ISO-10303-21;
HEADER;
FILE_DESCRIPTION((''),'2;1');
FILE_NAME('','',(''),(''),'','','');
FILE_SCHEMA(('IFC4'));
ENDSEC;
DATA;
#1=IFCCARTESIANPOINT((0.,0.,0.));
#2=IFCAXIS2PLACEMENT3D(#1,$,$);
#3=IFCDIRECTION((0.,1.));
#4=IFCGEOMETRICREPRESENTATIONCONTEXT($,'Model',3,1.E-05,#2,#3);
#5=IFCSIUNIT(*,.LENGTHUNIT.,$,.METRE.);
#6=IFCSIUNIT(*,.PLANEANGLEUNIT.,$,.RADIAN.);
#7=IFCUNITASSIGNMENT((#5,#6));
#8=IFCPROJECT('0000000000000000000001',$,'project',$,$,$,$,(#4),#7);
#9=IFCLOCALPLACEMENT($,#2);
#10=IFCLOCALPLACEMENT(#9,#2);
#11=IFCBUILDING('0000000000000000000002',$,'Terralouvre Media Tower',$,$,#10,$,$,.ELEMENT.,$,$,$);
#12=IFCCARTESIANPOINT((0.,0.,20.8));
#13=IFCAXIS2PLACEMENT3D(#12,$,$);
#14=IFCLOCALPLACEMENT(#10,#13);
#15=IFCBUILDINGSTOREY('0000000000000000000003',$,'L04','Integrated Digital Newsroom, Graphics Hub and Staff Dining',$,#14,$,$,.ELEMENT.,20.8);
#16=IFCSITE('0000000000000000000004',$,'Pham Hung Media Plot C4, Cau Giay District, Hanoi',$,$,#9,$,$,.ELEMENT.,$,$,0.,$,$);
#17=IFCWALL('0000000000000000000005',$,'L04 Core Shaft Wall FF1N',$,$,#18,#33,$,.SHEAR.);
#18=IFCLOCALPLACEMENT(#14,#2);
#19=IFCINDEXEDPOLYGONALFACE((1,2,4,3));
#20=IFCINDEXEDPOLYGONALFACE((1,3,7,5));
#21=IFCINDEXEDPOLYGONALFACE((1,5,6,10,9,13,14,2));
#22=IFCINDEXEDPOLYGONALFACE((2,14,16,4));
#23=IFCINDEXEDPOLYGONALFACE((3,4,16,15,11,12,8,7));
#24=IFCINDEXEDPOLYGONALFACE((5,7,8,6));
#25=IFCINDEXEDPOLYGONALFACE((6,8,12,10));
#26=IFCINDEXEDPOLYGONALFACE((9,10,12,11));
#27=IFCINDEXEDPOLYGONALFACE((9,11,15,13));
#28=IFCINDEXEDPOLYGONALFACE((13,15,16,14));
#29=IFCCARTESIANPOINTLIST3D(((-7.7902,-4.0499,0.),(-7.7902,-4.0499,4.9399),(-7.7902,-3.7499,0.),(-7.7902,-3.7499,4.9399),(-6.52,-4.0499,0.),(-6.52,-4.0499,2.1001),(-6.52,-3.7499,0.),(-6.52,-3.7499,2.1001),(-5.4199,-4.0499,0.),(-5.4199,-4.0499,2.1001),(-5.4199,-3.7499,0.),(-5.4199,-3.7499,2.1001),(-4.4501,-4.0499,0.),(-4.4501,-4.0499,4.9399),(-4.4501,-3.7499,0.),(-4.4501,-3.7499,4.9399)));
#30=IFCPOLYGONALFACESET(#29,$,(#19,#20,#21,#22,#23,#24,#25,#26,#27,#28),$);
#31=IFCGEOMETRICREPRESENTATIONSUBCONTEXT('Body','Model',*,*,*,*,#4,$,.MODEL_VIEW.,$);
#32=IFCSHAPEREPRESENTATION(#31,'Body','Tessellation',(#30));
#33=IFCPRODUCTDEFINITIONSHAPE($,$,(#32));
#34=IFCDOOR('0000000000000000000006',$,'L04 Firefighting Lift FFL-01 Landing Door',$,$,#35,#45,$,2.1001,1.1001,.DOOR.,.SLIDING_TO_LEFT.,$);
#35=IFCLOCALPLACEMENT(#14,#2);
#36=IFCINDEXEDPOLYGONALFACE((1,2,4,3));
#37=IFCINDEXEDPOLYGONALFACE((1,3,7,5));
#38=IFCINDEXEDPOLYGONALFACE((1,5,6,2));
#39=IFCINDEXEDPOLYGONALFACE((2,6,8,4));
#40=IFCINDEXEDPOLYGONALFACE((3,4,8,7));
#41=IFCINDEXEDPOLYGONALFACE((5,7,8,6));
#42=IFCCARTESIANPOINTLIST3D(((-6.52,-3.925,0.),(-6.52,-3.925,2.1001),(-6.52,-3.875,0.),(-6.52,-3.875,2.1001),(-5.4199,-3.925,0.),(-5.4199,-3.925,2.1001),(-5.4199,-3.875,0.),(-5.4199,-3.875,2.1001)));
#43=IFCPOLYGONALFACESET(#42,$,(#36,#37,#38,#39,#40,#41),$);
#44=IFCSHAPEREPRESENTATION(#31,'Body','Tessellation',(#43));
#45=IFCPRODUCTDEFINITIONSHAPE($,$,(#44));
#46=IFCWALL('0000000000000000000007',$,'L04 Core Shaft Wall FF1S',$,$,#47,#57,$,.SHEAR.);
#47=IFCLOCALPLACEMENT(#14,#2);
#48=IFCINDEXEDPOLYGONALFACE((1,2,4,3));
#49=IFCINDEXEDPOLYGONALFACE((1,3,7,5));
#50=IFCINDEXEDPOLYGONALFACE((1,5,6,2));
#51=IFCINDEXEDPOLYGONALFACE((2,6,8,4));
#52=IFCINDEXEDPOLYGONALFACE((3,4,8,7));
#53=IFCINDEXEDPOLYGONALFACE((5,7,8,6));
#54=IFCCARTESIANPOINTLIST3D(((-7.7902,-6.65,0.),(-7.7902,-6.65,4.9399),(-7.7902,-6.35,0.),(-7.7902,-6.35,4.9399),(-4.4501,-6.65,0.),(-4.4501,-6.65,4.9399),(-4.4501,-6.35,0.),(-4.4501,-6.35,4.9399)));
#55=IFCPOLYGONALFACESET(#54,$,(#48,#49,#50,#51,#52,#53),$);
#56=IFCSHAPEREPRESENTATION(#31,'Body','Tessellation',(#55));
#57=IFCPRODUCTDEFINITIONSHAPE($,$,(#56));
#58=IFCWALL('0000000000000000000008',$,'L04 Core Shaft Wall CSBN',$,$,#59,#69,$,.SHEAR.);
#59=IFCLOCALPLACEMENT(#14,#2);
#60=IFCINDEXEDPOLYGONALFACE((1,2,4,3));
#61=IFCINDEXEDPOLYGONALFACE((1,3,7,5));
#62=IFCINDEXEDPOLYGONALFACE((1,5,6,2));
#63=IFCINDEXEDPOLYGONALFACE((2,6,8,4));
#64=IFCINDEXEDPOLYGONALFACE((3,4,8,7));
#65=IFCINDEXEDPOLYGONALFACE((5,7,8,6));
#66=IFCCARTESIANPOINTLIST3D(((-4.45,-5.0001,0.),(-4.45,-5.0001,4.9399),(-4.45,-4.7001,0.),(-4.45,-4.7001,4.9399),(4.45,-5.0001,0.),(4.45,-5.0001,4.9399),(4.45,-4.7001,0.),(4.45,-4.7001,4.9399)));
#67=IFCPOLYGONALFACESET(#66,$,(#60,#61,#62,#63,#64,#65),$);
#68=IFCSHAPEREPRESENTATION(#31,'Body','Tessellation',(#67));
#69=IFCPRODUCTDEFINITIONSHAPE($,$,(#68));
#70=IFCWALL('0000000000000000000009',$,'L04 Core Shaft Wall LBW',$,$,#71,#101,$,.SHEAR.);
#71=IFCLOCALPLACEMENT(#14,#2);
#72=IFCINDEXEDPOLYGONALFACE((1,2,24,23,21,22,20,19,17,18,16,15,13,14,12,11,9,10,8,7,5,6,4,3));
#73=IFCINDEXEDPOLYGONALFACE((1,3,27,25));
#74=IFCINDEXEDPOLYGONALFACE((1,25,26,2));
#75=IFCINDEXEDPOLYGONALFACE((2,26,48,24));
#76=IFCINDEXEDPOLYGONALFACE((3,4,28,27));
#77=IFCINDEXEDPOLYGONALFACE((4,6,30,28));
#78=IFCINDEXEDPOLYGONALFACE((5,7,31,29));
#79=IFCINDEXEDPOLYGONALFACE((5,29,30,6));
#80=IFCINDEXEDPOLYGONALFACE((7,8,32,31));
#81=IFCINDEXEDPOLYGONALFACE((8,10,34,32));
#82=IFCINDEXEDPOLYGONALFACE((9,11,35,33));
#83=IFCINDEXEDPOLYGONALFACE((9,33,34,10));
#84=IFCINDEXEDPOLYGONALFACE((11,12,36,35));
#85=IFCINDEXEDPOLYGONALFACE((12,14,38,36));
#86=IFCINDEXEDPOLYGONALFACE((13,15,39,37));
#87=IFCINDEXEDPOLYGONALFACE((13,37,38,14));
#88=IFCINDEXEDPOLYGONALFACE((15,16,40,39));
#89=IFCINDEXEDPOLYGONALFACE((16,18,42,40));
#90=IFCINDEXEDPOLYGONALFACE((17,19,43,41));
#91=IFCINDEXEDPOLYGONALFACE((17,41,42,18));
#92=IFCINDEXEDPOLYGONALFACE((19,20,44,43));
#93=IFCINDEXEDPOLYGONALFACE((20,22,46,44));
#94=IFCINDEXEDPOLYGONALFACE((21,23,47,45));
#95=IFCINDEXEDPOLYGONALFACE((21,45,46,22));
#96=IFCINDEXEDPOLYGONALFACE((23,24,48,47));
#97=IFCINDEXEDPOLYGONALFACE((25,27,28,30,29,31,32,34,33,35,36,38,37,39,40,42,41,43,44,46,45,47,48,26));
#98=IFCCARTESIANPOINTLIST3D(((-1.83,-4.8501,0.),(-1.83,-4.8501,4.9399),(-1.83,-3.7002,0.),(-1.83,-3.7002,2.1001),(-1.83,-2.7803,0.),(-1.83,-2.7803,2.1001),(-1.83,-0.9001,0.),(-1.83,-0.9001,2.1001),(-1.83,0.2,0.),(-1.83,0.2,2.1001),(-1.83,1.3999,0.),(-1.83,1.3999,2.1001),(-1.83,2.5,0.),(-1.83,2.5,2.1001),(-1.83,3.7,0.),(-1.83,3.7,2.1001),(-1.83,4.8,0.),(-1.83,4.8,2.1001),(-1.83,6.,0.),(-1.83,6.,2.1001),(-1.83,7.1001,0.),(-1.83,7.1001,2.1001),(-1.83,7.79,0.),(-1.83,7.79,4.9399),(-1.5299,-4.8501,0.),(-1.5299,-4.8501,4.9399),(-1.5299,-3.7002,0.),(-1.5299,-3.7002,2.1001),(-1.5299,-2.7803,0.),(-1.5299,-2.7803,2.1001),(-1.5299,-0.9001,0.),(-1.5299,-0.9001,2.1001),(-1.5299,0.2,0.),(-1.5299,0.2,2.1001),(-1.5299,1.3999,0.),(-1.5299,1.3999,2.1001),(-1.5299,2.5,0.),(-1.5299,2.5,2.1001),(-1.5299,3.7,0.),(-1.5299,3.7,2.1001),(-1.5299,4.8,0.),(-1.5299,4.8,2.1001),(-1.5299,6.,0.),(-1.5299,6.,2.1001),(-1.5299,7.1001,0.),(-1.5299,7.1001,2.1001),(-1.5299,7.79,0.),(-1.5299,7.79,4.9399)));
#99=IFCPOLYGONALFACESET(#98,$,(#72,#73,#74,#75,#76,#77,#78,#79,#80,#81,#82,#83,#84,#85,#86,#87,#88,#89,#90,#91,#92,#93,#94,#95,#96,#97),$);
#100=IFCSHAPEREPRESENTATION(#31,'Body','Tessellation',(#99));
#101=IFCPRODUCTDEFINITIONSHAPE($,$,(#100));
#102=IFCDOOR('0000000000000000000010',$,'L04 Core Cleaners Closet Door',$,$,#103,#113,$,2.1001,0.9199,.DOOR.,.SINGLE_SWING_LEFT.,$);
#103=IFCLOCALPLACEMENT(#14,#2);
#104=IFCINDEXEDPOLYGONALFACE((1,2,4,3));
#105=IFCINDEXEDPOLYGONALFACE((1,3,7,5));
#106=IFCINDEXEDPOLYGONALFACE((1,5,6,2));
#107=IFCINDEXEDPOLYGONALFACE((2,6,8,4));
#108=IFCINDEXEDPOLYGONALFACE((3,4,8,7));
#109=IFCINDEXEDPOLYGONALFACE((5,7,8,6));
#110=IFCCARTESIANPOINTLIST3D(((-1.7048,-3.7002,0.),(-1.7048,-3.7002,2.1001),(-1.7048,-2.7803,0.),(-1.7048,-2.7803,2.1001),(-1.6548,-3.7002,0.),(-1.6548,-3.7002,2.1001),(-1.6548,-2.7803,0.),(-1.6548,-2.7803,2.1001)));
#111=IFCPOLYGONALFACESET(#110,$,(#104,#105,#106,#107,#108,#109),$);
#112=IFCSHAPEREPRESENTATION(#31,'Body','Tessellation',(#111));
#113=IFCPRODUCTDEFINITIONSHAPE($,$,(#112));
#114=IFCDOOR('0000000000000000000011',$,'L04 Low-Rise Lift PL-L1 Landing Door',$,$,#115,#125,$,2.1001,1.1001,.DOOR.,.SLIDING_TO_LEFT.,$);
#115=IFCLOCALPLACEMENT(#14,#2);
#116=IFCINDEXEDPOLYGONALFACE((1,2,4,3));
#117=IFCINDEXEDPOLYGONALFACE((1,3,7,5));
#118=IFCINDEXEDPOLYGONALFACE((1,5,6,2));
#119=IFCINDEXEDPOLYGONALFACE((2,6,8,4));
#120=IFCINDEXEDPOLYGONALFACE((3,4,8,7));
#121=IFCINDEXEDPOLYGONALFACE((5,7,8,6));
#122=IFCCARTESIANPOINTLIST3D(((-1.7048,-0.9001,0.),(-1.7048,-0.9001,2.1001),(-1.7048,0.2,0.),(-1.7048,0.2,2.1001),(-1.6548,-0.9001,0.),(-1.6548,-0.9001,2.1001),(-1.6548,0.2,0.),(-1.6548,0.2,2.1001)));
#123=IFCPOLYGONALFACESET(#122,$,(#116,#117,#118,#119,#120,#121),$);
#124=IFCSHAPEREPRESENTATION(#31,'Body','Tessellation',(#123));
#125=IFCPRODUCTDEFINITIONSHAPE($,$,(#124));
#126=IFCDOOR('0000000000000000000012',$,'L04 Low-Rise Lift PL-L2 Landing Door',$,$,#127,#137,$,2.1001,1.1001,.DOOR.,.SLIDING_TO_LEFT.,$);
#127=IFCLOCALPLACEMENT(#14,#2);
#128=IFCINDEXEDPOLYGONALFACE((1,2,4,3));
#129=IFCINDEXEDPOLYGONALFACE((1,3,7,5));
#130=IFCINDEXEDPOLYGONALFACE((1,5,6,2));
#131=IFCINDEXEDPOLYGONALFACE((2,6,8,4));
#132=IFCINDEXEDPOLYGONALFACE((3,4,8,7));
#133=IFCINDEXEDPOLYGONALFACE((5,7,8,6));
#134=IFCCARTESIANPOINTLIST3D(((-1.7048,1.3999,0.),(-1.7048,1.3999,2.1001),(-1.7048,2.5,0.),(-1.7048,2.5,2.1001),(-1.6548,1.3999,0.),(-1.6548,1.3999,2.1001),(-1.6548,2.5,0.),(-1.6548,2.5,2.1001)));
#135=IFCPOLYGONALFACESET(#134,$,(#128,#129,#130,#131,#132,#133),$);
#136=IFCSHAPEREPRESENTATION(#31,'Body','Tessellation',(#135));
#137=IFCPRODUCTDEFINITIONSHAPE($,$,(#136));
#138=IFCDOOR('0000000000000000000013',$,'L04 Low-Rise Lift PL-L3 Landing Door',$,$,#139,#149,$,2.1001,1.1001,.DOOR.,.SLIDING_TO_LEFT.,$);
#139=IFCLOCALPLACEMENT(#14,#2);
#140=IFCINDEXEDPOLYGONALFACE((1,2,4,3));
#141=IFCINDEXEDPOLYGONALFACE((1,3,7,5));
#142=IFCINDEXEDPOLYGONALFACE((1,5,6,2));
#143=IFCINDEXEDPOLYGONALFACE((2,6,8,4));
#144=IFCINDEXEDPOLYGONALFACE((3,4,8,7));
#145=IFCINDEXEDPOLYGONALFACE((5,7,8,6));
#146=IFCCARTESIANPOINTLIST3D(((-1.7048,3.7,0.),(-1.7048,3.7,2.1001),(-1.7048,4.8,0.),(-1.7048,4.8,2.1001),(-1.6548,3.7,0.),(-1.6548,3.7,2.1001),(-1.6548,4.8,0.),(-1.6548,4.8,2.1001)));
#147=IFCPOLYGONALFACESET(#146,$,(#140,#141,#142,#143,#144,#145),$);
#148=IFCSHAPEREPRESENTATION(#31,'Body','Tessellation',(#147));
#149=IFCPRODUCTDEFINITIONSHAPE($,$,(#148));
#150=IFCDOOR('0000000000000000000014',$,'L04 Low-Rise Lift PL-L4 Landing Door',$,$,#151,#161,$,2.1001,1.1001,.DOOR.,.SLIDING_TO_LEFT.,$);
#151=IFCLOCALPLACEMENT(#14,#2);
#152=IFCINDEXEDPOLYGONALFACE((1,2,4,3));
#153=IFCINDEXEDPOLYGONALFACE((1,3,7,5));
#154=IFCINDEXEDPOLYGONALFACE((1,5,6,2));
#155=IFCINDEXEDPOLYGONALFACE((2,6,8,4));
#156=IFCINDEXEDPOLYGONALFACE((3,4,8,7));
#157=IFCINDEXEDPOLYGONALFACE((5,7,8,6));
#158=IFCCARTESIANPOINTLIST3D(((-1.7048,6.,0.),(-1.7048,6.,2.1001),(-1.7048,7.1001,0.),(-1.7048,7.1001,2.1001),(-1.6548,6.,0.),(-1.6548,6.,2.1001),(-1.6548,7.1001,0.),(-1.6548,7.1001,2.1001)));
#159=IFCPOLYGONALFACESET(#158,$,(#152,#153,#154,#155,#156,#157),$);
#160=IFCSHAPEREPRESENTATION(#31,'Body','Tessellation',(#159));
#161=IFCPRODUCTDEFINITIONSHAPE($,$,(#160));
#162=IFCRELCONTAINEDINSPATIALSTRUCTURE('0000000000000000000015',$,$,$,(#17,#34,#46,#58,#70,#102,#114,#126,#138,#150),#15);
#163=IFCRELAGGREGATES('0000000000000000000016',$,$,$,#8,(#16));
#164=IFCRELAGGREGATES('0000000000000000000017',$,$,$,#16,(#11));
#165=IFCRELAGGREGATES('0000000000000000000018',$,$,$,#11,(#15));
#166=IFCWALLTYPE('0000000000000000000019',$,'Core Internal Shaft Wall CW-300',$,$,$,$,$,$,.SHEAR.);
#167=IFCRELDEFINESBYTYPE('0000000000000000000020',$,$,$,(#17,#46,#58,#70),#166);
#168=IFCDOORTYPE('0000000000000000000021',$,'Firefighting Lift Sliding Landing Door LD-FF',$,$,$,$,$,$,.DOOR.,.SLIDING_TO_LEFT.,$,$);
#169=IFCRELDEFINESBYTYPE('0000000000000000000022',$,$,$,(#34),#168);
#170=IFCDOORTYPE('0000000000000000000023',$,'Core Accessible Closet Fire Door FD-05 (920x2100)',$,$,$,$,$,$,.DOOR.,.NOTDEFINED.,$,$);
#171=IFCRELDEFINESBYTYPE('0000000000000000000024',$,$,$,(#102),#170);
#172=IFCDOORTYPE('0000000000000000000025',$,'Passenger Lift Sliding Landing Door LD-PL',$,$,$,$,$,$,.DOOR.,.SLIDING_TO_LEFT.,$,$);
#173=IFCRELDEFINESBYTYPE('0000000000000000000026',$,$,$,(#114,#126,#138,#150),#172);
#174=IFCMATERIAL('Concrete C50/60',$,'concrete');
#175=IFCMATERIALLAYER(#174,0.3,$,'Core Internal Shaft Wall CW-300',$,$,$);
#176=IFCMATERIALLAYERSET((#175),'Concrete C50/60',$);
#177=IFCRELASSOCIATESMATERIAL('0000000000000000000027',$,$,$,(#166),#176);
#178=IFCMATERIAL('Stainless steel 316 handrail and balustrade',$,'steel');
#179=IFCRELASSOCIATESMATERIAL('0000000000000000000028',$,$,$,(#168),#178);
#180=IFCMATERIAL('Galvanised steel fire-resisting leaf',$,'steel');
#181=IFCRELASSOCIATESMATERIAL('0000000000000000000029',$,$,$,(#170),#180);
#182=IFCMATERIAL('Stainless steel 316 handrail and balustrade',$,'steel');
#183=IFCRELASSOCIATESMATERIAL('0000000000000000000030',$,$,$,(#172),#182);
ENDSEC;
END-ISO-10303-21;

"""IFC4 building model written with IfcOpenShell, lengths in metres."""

from ifc_helpers import new_model, si_unit, direction, frame, frame_2d, origin, place, context, subcontext, project, spatial, rectangle, extrude, material, layer, layer_set, type_object, element, fill, save


model = new_model("IFC4")

# Units and contexts
model_context = context("Model", 3, precision=1e-05, world=origin(), true_north=direction((0.0, 1.0)))
body_context = subcontext(model_context, "Body", "Model", "MODEL_VIEW")
ifc_project = project(units=[si_unit("LENGTHUNIT", "METRE"), si_unit("PLANEANGLEUNIT", "RADIAN")], contexts=[model_context])

# Site, building, storey
site_placement = place(None, origin())
site = spatial("IfcSite", under=ifc_project, at=site_placement, Name="Pham Hung Media Plot C4, Cau Giay District, Hanoi", CompositionType="ELEMENT", RefElevation=0.0)
building_placement = place(site_placement, origin())
building = spatial("IfcBuilding", under=site, at=building_placement, Name="Terralouvre Media Tower", CompositionType="ELEMENT")
storey_placement = place(building_placement, frame((0.0, 0.0, 20.8)))
storey = spatial("IfcBuildingStorey", under=building, at=storey_placement, Name="L04", Description="Integrated Digital Newsroom, Graphics Hub and Staff Dining", CompositionType="ELEMENT", Elevation=20.8)

# Wall, opening, door
ifc_material_1 = material(Name="Concrete C50/60", Category="concrete")
ifc_layer_1 = layer(ifc_material_1, 0.3, Name="Core Internal Shaft Wall CW-300")
ifc_layer_set_1 = layer_set([ifc_layer_1], Name="Concrete C50/60")
wall_type_1 = type_object("IfcWallType", Name="Core Internal Shaft Wall CW-300", PredefinedType="SHEAR", material=ifc_layer_set_1)
wall_1_placement = place(storey_placement, frame((-7.79, -3.8999, 0.0), z_axis=(0.0, 0.0, 1.0), x_axis=(1.0, 0.0, 0.0)))
wall_1 = element("IfcWall", 1, at=wall_1_placement, inside=storey, type_object=wall_type_1, Name="L04 Core Shaft Wall FF1N", PredefinedType="SHEAR", context=body_context, shape_type="SweptSolid", body=[
    extrude(rectangle(XDim=3.3401, YDim=0.3, at=frame_2d((1.6699, 0.0))), origin(), (0.0, 0.0, 1.0), 4.9399),
])
opening_1_placement = place(wall_1_placement, frame((1.27, 0.0, 0.0)))
opening_1 = element("IfcOpeningElement", 2, at=opening_1_placement, cuts=wall_1, PredefinedType="OPENING", context=body_context, shape_type="SweptSolid", body=[
    extrude(rectangle(XDim=1.1001, YDim=2.1001, at=frame_2d((0.55, 1.05))), frame((0.0, 0.1599, 0.0), z_axis=(0.0, -1.0, 0.0), x_axis=(1.0, 0.0, 0.0)), (0.0, 0.0, 1.0), 0.3201),
])
ifc_material_2 = material(Name="Stainless steel 316 handrail and balustrade", Category="steel")
door_type_1 = type_object("IfcDoorType", Name="Firefighting Lift Sliding Landing Door LD-FF", OperationType="SLIDING_TO_LEFT", PredefinedType="DOOR", material=ifc_material_2)
door_1_placement = place(opening_1_placement, origin())
door_1 = element("IfcDoor", 3, at=door_1_placement, inside=storey, type_object=door_type_1, Name="L04 Firefighting Lift FFL-01 Landing Door", OperationType="SLIDING_TO_LEFT", OverallHeight=2.1001, OverallWidth=1.1001, PredefinedType="DOOR", context=body_context, shape_type="SweptSolid", body=[
    extrude(rectangle(XDim=1.1001, YDim=2.1001, at=frame_2d((0.55, 1.05))), frame((0.0, 0.0249, 0.0), z_axis=(0.0, -1.0, 0.0), x_axis=(1.0, 0.0, 0.0)), (0.0, 0.0, 1.0), 0.05),
])
fill(opening_1, door_1)

# Walls
wall_2_placement = place(storey_placement, frame((-7.79, -6.5, 0.0), z_axis=(0.0, 0.0, 1.0), x_axis=(1.0, 0.0, 0.0)))
element("IfcWall", 4, at=wall_2_placement, inside=storey, type_object=wall_type_1, Name="L04 Core Shaft Wall FF1S", PredefinedType="SHEAR", context=body_context, shape_type="SweptSolid", body=[
    extrude(rectangle(XDim=3.3401, YDim=0.3, at=frame_2d((1.6699, 0.0))), origin(), (0.0, 0.0, 1.0), 4.9399),
])
wall_3_placement = place(storey_placement, frame((-4.45, -4.8501, 0.0), z_axis=(0.0, 0.0, 1.0), x_axis=(1.0, 0.0, 0.0)))
element("IfcWall", 5, at=wall_3_placement, inside=storey, type_object=wall_type_1, Name="L04 Core Shaft Wall CSBN", PredefinedType="SHEAR", context=body_context, shape_type="SweptSolid", body=[
    extrude(rectangle(XDim=8.8999, YDim=0.3, at=frame_2d((4.45, 0.0))), origin(), (0.0, 0.0, 1.0), 4.9399),
])

# Wall, openings, doors
wall_4_placement = place(storey_placement, frame((-1.6799, -4.8501, 0.0), z_axis=(0.0, 0.0, 1.0), x_axis=(0.0, 1.0, 0.0)))
wall_4 = element("IfcWall", 6, at=wall_4_placement, inside=storey, type_object=wall_type_1, Name="L04 Core Shaft Wall LBW", PredefinedType="SHEAR", context=body_context, shape_type="SweptSolid", body=[
    extrude(rectangle(XDim=12.6401, YDim=0.3, at=frame_2d((6.3201, 0.0))), origin(), (0.0, 0.0, 1.0), 4.9399),
])
opening_2_placement = place(wall_4_placement, frame((3.95, 0.0, 0.0)))
opening_2 = element("IfcOpeningElement", 7, at=opening_2_placement, cuts=wall_4, PredefinedType="OPENING", context=body_context, shape_type="SweptSolid", body=[
    extrude(rectangle(XDim=1.1001, YDim=2.1001, at=frame_2d((0.55, 1.05))), frame((0.0, 0.1599, 0.0), z_axis=(0.0, -1.0, 0.0), x_axis=(1.0, 0.0, 0.0)), (0.0, 0.0, 1.0), 0.3201),
])
opening_3_placement = place(wall_4_placement, frame((6.25, 0.0, 0.0)))
opening_3 = element("IfcOpeningElement", 8, at=opening_3_placement, cuts=wall_4, PredefinedType="OPENING", context=body_context, shape_type="SweptSolid", body=[
    extrude(rectangle(XDim=1.1001, YDim=2.1001, at=frame_2d((0.55, 1.05))), frame((0.0, 0.1599, 0.0), z_axis=(0.0, -1.0, 0.0), x_axis=(1.0, 0.0, 0.0)), (0.0, 0.0, 1.0), 0.3201),
])
opening_4_placement = place(wall_4_placement, frame((8.55, 0.0, 0.0)))
opening_4 = element("IfcOpeningElement", 9, at=opening_4_placement, cuts=wall_4, PredefinedType="OPENING", context=body_context, shape_type="SweptSolid", body=[
    extrude(rectangle(XDim=1.1001, YDim=2.1001, at=frame_2d((0.55, 1.05))), frame((0.0, 0.1599, 0.0), z_axis=(0.0, -1.0, 0.0), x_axis=(1.0, 0.0, 0.0)), (0.0, 0.0, 1.0), 0.3201),
])
opening_5_placement = place(wall_4_placement, frame((10.8501, 0.0, 0.0)))
opening_5 = element("IfcOpeningElement", 10, at=opening_5_placement, cuts=wall_4, PredefinedType="OPENING", context=body_context, shape_type="SweptSolid", body=[
    extrude(rectangle(XDim=1.1001, YDim=2.1001, at=frame_2d((0.55, 1.05))), frame((0.0, 0.1599, 0.0), z_axis=(0.0, -1.0, 0.0), x_axis=(1.0, 0.0, 0.0)), (0.0, 0.0, 1.0), 0.3201),
])
opening_6_placement = place(wall_4_placement, frame((1.1499, 0.0, 0.0)))
opening_6 = element("IfcOpeningElement", 11, at=opening_6_placement, cuts=wall_4, PredefinedType="OPENING", context=body_context, shape_type="SweptSolid", body=[
    extrude(rectangle(XDim=0.9199, YDim=2.1001, at=frame_2d((0.46, 1.05))), frame((0.0, 0.1599, 0.0), z_axis=(0.0, -1.0, 0.0), x_axis=(1.0, 0.0, 0.0)), (0.0, 0.0, 1.0), 0.3201),
])
ifc_material_3 = material(Name="Galvanised steel fire-resisting leaf", Category="steel")
door_type_2 = type_object("IfcDoorType", Name="Core Accessible Closet Fire Door FD-05 (920x2100)", OperationType="NOTDEFINED", PredefinedType="DOOR", material=ifc_material_3)
door_2_placement = place(opening_6_placement, origin())
door_2 = element("IfcDoor", 12, at=door_2_placement, inside=storey, type_object=door_type_2, Name="L04 Core Cleaners Closet Door", OperationType="SINGLE_SWING_LEFT", OverallHeight=2.1001, OverallWidth=0.9199, PredefinedType="DOOR", context=body_context, shape_type="SweptSolid", body=[
    extrude(rectangle(XDim=0.9199, YDim=2.1001, at=frame_2d((0.46, 1.05))), frame((0.0, 0.0249, 0.0), z_axis=(0.0, -1.0, 0.0), x_axis=(1.0, 0.0, 0.0)), (0.0, 0.0, 1.0), 0.05),
])
fill(opening_6, door_2)
ifc_material_4 = material(Name="Stainless steel 316 handrail and balustrade", Category="steel")
door_type_3 = type_object("IfcDoorType", Name="Passenger Lift Sliding Landing Door LD-PL", OperationType="SLIDING_TO_LEFT", PredefinedType="DOOR", material=ifc_material_4)
door_3_placement = place(opening_2_placement, origin())
door_3 = element("IfcDoor", 13, at=door_3_placement, inside=storey, type_object=door_type_3, Name="L04 Low-Rise Lift PL-L1 Landing Door", OperationType="SLIDING_TO_LEFT", OverallHeight=2.1001, OverallWidth=1.1001, PredefinedType="DOOR", context=body_context, shape_type="SweptSolid", body=[
    extrude(rectangle(XDim=1.1001, YDim=2.1001, at=frame_2d((0.55, 1.05))), frame((0.0, 0.0249, 0.0), z_axis=(0.0, -1.0, 0.0), x_axis=(1.0, 0.0, 0.0)), (0.0, 0.0, 1.0), 0.05),
])
fill(opening_2, door_3)
door_4_placement = place(opening_3_placement, origin())
door_4 = element("IfcDoor", 14, at=door_4_placement, inside=storey, type_object=door_type_3, Name="L04 Low-Rise Lift PL-L2 Landing Door", OperationType="SLIDING_TO_LEFT", OverallHeight=2.1001, OverallWidth=1.1001, PredefinedType="DOOR", context=body_context, shape_type="SweptSolid", body=[
    extrude(rectangle(XDim=1.1001, YDim=2.1001, at=frame_2d((0.55, 1.05))), frame((0.0, 0.0249, 0.0), z_axis=(0.0, -1.0, 0.0), x_axis=(1.0, 0.0, 0.0)), (0.0, 0.0, 1.0), 0.05),
])
fill(opening_3, door_4)
door_5_placement = place(opening_4_placement, origin())
door_5 = element("IfcDoor", 15, at=door_5_placement, inside=storey, type_object=door_type_3, Name="L04 Low-Rise Lift PL-L3 Landing Door", OperationType="SLIDING_TO_LEFT", OverallHeight=2.1001, OverallWidth=1.1001, PredefinedType="DOOR", context=body_context, shape_type="SweptSolid", body=[
    extrude(rectangle(XDim=1.1001, YDim=2.1001, at=frame_2d((0.55, 1.05))), frame((0.0, 0.0249, 0.0), z_axis=(0.0, -1.0, 0.0), x_axis=(1.0, 0.0, 0.0)), (0.0, 0.0, 1.0), 0.05),
])
fill(opening_4, door_5)
door_6_placement = place(opening_5_placement, origin())
door_6 = element("IfcDoor", 16, at=door_6_placement, inside=storey, type_object=door_type_3, Name="L04 Low-Rise Lift PL-L4 Landing Door", OperationType="SLIDING_TO_LEFT", OverallHeight=2.1001, OverallWidth=1.1001, PredefinedType="DOOR", context=body_context, shape_type="SweptSolid", body=[
    extrude(rectangle(XDim=1.1001, YDim=2.1001, at=frame_2d((0.55, 1.05))), frame((0.0, 0.0249, 0.0), z_axis=(0.0, -1.0, 0.0), x_axis=(1.0, 0.0, 0.0)), (0.0, 0.0, 1.0), 0.05),
])
fill(opening_5, door_6)

save(model, "model.ifc")
